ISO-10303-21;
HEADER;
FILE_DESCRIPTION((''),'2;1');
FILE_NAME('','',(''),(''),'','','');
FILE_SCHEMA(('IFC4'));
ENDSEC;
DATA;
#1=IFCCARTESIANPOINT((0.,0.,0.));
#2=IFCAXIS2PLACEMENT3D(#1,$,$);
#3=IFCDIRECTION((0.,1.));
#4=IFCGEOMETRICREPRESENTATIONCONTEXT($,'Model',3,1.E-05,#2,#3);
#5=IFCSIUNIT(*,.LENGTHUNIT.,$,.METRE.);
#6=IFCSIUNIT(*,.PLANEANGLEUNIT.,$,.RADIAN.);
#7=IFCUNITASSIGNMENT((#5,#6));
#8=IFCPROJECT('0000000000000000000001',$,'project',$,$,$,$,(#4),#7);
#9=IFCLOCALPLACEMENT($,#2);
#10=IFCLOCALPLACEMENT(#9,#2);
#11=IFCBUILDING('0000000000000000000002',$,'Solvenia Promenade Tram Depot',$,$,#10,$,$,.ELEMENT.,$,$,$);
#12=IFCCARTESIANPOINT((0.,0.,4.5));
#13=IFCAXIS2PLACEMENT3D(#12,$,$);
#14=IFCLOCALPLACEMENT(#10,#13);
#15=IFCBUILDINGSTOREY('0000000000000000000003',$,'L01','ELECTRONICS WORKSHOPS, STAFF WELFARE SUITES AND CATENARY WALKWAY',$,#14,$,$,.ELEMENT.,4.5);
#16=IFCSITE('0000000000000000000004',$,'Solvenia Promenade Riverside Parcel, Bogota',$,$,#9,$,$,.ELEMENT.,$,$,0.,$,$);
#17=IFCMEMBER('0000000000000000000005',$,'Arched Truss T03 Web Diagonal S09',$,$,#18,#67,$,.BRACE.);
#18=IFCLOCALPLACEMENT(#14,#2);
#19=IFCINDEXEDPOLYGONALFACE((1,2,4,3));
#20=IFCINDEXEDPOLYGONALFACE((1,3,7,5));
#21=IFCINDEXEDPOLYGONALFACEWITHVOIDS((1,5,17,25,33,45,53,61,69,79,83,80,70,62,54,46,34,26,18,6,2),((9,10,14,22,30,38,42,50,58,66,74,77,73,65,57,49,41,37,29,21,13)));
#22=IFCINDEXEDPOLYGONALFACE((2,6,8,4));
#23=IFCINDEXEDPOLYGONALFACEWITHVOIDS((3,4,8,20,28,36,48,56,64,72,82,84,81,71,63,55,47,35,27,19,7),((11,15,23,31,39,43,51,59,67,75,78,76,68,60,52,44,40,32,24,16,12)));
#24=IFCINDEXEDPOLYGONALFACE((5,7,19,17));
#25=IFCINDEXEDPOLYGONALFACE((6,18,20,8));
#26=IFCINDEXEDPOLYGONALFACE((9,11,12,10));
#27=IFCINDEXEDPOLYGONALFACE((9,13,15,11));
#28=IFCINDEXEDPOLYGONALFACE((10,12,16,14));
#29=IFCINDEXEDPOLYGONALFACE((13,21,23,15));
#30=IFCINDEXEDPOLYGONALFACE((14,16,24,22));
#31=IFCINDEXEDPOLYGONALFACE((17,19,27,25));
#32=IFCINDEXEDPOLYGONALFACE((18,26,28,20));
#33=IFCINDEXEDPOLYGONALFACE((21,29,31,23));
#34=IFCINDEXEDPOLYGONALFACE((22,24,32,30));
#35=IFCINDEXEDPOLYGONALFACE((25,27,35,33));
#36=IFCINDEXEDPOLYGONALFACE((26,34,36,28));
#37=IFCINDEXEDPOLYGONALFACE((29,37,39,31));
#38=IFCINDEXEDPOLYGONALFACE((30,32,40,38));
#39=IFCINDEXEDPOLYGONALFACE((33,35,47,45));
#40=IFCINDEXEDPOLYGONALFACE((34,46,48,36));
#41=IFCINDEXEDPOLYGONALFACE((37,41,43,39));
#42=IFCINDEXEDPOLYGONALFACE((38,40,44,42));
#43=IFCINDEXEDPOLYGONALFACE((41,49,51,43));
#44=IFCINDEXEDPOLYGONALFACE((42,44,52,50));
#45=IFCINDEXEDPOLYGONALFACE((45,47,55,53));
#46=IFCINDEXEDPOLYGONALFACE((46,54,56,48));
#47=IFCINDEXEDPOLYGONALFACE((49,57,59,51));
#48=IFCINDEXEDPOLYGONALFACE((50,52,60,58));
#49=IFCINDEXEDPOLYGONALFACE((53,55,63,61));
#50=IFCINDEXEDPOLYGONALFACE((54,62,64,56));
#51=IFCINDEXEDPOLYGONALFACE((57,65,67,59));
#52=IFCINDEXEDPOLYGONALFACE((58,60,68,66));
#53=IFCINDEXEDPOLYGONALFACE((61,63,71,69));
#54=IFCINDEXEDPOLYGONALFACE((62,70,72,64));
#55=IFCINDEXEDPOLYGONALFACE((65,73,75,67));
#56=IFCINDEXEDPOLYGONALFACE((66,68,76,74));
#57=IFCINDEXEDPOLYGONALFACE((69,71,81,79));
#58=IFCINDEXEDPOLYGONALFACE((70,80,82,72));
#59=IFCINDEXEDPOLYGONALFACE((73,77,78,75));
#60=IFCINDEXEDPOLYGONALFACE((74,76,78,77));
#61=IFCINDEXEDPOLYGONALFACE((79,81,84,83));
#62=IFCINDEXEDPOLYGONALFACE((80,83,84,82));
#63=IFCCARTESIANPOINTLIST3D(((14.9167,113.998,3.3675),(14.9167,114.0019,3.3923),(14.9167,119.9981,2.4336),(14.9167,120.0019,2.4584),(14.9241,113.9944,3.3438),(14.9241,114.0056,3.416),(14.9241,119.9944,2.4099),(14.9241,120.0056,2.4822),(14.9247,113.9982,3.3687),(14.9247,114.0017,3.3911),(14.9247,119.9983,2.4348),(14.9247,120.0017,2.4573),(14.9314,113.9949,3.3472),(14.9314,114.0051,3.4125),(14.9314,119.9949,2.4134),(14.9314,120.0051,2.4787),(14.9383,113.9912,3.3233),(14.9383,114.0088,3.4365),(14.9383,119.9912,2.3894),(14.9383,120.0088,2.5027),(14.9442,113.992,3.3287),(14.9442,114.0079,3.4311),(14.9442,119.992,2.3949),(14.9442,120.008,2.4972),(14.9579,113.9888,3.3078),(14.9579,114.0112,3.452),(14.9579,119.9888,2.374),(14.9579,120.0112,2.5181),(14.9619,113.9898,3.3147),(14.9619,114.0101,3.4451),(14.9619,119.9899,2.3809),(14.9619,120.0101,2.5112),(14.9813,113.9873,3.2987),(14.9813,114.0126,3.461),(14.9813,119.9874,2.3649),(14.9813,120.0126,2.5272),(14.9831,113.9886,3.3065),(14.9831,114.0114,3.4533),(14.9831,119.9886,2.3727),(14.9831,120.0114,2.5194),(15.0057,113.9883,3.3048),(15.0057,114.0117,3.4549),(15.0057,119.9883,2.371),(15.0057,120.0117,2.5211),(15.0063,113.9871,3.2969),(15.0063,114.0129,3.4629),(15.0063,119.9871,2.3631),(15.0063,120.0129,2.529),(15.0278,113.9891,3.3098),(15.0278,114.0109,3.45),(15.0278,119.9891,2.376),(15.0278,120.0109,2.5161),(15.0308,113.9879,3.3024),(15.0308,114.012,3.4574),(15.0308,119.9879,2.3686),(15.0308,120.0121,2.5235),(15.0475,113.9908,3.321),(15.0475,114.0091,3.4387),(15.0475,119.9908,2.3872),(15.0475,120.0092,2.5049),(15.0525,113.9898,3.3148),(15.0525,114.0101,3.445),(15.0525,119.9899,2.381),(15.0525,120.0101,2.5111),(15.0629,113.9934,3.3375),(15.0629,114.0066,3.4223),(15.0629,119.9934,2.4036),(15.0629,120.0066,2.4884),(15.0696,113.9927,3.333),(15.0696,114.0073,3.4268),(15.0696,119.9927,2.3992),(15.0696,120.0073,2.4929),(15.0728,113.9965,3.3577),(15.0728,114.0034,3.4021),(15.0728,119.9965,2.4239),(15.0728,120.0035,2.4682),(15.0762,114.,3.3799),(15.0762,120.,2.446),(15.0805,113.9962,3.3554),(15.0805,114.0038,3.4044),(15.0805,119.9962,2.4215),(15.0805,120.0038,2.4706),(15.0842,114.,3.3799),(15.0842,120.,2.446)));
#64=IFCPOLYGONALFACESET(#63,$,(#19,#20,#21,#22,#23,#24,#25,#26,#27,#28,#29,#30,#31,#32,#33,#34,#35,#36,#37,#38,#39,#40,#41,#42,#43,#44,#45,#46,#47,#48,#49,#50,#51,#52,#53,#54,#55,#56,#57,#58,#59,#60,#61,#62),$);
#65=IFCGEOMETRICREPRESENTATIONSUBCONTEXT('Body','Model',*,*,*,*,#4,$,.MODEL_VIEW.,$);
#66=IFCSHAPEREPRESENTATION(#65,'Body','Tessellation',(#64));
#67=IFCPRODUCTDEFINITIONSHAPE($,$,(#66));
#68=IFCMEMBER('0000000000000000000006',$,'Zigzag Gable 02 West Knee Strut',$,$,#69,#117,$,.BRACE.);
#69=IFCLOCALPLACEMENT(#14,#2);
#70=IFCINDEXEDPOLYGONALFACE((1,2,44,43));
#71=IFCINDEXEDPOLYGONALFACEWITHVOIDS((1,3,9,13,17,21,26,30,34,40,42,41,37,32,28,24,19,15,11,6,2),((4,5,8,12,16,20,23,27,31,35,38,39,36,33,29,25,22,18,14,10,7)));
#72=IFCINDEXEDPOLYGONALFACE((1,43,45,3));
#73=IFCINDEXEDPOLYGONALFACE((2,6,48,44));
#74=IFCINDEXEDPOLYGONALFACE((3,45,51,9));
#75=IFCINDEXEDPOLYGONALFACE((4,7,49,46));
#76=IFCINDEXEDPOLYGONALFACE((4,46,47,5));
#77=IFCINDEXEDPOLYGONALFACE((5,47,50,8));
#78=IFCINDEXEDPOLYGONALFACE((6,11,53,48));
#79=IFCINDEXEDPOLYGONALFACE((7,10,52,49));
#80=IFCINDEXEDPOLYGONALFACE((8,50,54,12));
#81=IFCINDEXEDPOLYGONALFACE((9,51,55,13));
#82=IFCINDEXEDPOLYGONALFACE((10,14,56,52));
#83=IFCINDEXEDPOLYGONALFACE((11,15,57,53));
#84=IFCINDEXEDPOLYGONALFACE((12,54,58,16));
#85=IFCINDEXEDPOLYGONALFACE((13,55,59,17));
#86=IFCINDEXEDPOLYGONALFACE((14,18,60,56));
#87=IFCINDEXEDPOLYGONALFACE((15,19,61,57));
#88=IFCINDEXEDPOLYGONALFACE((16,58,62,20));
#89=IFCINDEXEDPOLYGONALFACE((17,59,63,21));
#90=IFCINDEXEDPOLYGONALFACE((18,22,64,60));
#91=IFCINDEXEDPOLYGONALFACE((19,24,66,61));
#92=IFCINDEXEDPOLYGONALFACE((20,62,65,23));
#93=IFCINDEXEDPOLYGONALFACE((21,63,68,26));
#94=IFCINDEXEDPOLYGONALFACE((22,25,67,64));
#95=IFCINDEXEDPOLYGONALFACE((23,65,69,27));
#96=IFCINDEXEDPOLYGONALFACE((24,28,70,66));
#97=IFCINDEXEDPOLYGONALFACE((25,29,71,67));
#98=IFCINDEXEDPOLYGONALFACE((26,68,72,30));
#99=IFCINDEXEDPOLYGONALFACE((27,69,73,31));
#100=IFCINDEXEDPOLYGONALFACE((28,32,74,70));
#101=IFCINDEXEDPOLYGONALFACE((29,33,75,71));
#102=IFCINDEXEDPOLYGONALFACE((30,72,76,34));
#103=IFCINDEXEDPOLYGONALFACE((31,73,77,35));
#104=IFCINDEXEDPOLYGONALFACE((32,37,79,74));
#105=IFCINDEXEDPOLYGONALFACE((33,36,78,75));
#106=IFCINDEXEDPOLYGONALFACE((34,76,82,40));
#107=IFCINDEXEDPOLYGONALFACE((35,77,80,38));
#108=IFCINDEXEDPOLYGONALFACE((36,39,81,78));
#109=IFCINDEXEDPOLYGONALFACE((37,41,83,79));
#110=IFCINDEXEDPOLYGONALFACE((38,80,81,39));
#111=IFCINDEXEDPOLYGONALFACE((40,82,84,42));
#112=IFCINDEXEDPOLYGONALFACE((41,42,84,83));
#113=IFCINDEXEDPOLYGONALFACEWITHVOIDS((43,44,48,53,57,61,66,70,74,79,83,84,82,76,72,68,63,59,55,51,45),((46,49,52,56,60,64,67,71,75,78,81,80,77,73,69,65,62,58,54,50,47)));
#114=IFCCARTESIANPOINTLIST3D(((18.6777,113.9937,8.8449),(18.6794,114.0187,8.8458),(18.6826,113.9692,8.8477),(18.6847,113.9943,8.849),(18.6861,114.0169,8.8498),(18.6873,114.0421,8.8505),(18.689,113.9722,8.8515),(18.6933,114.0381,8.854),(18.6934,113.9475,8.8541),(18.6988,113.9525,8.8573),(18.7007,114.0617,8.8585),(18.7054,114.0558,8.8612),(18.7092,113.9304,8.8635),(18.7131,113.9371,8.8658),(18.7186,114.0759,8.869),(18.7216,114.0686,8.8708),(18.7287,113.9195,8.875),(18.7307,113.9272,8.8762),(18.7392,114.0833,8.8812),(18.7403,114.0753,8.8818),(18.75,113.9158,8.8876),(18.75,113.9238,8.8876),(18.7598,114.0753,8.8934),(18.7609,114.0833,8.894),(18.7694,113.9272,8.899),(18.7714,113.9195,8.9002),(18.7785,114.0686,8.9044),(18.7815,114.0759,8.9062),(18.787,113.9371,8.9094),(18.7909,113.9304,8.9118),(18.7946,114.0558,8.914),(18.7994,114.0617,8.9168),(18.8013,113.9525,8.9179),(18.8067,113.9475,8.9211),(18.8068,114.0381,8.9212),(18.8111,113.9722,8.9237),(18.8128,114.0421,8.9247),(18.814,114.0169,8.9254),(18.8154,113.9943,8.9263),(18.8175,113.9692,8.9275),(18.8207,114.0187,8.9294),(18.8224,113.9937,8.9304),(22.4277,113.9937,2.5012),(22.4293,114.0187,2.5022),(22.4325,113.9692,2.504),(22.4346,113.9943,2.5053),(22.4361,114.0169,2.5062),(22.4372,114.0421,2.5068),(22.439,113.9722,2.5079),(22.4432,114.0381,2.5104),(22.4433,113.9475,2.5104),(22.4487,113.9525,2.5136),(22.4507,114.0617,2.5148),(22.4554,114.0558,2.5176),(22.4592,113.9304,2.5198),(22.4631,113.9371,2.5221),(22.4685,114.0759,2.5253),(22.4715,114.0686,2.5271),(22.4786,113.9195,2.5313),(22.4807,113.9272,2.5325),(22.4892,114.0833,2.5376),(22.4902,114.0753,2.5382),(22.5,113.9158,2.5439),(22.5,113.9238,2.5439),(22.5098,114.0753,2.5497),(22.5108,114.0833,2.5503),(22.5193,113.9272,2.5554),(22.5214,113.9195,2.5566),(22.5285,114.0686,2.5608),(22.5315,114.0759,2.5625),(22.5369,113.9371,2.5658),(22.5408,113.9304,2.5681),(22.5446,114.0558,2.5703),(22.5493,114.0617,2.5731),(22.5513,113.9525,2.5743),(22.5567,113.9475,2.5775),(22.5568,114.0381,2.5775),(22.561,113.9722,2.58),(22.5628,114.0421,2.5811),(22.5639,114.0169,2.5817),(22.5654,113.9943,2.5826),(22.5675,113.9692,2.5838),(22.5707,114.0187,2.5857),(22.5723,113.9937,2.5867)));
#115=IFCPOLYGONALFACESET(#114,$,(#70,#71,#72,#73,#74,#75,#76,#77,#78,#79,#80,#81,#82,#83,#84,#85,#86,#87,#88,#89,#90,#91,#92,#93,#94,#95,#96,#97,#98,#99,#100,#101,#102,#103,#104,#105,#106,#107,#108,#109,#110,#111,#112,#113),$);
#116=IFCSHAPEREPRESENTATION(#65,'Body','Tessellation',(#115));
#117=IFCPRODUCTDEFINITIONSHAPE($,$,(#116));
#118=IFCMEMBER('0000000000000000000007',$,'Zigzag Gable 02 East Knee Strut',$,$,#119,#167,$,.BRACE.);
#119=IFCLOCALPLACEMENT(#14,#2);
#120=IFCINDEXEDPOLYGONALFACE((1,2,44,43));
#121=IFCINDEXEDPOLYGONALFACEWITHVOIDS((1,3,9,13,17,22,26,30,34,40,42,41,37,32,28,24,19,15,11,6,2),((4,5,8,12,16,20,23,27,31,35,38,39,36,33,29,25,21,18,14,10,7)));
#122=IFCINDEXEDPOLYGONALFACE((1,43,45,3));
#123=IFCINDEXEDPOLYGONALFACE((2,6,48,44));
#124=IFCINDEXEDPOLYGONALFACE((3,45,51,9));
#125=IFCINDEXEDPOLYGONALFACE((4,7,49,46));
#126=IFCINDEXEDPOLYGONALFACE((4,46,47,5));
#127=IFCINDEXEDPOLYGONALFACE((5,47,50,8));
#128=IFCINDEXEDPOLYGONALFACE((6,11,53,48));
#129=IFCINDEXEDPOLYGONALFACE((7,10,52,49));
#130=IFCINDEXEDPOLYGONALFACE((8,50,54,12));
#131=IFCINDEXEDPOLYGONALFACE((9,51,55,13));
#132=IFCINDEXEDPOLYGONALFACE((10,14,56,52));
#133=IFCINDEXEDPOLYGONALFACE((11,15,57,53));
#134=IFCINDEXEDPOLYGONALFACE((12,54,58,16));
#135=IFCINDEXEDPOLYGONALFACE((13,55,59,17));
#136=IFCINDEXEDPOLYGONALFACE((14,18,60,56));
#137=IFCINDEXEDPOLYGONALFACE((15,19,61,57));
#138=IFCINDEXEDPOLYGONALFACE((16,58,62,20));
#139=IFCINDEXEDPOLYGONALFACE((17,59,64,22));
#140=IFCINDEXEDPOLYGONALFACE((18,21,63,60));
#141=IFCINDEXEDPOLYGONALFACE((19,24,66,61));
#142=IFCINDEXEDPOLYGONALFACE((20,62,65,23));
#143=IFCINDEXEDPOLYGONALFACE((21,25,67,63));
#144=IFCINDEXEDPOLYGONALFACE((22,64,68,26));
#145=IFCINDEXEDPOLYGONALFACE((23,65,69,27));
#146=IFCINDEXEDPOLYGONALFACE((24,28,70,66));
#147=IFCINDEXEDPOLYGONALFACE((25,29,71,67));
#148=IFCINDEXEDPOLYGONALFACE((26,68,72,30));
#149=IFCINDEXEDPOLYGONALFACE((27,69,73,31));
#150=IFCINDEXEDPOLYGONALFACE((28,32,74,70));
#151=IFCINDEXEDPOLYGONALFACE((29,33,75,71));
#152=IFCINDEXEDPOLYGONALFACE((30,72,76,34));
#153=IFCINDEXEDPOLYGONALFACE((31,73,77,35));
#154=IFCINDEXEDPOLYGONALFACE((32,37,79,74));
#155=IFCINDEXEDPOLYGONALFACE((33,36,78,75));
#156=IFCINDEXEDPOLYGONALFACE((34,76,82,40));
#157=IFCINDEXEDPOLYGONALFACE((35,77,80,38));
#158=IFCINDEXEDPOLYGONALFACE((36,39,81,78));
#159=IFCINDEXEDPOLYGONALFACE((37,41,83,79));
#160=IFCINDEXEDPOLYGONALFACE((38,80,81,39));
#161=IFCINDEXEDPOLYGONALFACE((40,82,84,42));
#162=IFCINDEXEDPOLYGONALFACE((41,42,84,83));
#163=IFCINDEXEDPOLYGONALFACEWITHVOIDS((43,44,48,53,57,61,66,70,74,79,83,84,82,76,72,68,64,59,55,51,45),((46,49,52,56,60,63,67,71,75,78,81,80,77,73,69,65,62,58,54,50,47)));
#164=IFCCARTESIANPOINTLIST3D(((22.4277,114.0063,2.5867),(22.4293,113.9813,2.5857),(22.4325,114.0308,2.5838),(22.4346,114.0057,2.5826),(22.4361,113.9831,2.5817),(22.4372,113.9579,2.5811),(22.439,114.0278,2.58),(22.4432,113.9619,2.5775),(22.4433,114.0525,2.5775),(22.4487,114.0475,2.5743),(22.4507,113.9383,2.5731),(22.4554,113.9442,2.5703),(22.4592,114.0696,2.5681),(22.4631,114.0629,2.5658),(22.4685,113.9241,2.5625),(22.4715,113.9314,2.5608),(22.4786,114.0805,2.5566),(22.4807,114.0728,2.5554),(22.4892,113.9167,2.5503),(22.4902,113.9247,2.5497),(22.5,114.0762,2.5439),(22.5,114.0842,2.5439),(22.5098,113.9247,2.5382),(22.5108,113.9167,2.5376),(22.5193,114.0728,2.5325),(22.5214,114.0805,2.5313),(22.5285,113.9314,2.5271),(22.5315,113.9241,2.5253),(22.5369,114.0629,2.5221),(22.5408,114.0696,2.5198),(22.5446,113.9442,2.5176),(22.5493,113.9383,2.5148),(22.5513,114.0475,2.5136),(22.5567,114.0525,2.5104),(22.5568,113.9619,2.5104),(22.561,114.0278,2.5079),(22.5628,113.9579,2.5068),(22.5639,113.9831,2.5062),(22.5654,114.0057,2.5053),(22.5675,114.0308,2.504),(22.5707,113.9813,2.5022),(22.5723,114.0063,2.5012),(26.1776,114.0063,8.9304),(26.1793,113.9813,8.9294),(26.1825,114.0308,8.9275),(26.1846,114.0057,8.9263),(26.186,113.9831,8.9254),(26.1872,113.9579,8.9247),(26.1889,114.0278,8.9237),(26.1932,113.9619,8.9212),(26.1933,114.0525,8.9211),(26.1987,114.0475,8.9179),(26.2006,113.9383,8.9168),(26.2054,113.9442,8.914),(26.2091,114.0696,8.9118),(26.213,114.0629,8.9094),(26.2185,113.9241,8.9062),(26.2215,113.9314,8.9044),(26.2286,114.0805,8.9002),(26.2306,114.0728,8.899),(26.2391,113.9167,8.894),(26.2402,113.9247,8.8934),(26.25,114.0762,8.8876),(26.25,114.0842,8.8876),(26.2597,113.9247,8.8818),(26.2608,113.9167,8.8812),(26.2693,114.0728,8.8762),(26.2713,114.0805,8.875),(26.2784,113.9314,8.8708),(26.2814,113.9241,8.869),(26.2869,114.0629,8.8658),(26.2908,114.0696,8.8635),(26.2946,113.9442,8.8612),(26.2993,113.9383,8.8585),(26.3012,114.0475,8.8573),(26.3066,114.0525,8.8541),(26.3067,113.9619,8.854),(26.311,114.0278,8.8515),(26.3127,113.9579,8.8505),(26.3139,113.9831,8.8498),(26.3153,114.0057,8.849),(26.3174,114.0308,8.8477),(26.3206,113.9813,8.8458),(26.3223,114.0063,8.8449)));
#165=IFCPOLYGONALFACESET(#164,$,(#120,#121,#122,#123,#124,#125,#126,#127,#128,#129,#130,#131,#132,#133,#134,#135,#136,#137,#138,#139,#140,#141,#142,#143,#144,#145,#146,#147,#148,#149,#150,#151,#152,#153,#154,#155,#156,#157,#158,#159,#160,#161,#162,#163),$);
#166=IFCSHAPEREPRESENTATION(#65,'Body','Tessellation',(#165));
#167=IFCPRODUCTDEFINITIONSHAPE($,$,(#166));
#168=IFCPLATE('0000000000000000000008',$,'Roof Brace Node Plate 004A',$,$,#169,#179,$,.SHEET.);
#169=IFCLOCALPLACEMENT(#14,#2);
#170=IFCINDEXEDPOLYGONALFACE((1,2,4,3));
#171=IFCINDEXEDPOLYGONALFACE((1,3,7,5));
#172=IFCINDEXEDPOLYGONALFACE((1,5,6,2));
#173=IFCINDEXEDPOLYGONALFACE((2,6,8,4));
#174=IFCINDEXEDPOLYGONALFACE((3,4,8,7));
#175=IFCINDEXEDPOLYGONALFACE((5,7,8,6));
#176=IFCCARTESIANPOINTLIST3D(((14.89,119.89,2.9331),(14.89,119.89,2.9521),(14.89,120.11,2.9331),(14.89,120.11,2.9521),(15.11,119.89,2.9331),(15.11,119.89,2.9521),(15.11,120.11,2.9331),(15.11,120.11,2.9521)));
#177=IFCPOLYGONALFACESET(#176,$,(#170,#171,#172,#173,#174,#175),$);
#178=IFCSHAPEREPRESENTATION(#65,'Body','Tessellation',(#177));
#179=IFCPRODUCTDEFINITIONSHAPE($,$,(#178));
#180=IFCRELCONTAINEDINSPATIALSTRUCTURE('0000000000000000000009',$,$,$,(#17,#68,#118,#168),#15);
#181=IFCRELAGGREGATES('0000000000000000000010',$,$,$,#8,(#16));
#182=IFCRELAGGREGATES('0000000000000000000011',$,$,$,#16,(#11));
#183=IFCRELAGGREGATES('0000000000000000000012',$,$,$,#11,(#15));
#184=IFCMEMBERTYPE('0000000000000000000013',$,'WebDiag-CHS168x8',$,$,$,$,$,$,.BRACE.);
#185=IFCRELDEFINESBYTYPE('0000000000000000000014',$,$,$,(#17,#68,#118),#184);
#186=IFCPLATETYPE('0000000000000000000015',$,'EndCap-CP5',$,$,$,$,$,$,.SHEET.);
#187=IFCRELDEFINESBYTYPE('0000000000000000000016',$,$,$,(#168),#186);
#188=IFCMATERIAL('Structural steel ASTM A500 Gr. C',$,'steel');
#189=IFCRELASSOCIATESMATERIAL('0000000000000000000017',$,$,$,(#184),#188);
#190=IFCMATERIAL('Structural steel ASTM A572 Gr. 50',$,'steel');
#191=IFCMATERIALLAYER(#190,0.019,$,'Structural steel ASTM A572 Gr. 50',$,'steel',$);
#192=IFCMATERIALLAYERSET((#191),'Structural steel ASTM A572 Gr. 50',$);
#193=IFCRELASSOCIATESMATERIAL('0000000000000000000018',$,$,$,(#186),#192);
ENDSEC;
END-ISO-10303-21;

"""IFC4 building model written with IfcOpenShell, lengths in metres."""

from ifc_helpers import new_model, si_unit, direction, frame, origin, origin_2d, place, context, subcontext, project, spatial, rectangle, hollow_circle, extrude, material, layer, layer_set, material_profile, profile_set, type_object, element, save


model = new_model("IFC4")

# Units and contexts
model_context = context("Model", 3, precision=1e-05, world=origin(), true_north=direction((0.0, 1.0)))
body_context = subcontext(model_context, "Body", "Model", "MODEL_VIEW")
ifc_project = project(units=[si_unit("LENGTHUNIT", "METRE"), si_unit("PLANEANGLEUNIT", "RADIAN")], contexts=[model_context])

# Site, building, storey
site_placement = place(None, origin())
site = spatial("IfcSite", under=ifc_project, at=site_placement, Name="Solvenia Promenade Riverside Parcel, Bogota", CompositionType="ELEMENT", RefElevation=0.0)
building_placement = place(site_placement, origin())
building = spatial("IfcBuilding", under=site, at=building_placement, Name="Solvenia Promenade Tram Depot", CompositionType="ELEMENT")
storey_placement = place(building_placement, frame((0.0, 0.0, 4.5)))
storey = spatial("IfcBuildingStorey", under=building, at=storey_placement, Name="L01", Description="ELECTRONICS WORKSHOPS, STAFF WELFARE SUITES AND CATENARY WALKWAY", CompositionType="ELEMENT", Elevation=4.5)

# Shared definitions
ifc_material_1 = material(Name="Structural steel ASTM A500 Gr. C", Category="steel")

# Members
ifc_material_profile_1 = material_profile(ifc_material_1, hollow_circle(Radius=0.0842, WallThickness=0.0081, at=origin_2d()), Name="CHS168.3x8", Category="steel")
ifc_profile_set_1 = profile_set([ifc_material_profile_1], Name="Structural steel ASTM A500 Gr. C")
member_type_1 = type_object("IfcMemberType", Name="WebDiag-CHS168x8", PredefinedType="BRACE", material=ifc_profile_set_1)
member_1_placement = place(storey_placement, frame((15.0, 120.0, 2.446), z_axis=(0.0, -0.988104, 0.153788), x_axis=(1.0, 0.0, 0.0)))
element("IfcMember", 1, at=member_1_placement, inside=storey, type_object=member_type_1, Name="Arched Truss T03 Web Diagonal S09", PredefinedType="BRACE", context=body_context, shape_type="SweptSolid", body=[
    extrude(hollow_circle(Radius=0.0842, WallThickness=0.0081, at=origin_2d()), origin(), (0.0, 0.0, 1.0), 6.0723),
])
for number, where, z_axis, x_axis, name in (
    (2, (22.5, 114.0, 2.5439), (-0.508872, 0.0, 0.860842), (0.0, -1.0, 0.0), "Zigzag Gable 02 West Knee Strut"),
    (3, (22.5, 114.0, 2.5439), (0.508872, 0.0, 0.860842), (0.0, 1.0, 0.0), "Zigzag Gable 02 East Knee Strut"),
):
    element("IfcMember", number, at=place(storey_placement, frame(where, z_axis=z_axis, x_axis=x_axis)), inside=storey, type_object=member_type_1, Name=name, PredefinedType="BRACE", context=body_context, shape_type="SweptSolid", body=[
        extrude(hollow_circle(Radius=0.0842, WallThickness=0.0081, at=origin_2d()), origin(), (0.0, 0.0, 1.0), 7.3691),
    ])

# Plate
ifc_material_2 = material(Name="Structural steel ASTM A572 Gr. 50", Category="steel")
ifc_layer = layer(ifc_material_2, 0.019, Name="Structural steel ASTM A572 Gr. 50", Category="steel")
ifc_layer_set = layer_set([ifc_layer], Name="Structural steel ASTM A572 Gr. 50")
plate_type = type_object("IfcPlateType", Name="EndCap-CP5", PredefinedType="SHEET", material=ifc_layer_set)
plate_placement = place(storey_placement, frame((15.0, 120.0, 2.9331), z_axis=(0.0, 0.0, 1.0), x_axis=(1.0, 0.0, 0.0)))
element("IfcPlate", 4, at=plate_placement, inside=storey, type_object=plate_type, Name="Roof Brace Node Plate 004A", PredefinedType="SHEET", context=body_context, shape_type="SweptSolid", body=[
    extrude(rectangle(XDim=0.22, YDim=0.22, at=origin_2d()), origin(), (0.0, 0.0, 1.0), 0.019),
])

save(model, "model.ifc")
